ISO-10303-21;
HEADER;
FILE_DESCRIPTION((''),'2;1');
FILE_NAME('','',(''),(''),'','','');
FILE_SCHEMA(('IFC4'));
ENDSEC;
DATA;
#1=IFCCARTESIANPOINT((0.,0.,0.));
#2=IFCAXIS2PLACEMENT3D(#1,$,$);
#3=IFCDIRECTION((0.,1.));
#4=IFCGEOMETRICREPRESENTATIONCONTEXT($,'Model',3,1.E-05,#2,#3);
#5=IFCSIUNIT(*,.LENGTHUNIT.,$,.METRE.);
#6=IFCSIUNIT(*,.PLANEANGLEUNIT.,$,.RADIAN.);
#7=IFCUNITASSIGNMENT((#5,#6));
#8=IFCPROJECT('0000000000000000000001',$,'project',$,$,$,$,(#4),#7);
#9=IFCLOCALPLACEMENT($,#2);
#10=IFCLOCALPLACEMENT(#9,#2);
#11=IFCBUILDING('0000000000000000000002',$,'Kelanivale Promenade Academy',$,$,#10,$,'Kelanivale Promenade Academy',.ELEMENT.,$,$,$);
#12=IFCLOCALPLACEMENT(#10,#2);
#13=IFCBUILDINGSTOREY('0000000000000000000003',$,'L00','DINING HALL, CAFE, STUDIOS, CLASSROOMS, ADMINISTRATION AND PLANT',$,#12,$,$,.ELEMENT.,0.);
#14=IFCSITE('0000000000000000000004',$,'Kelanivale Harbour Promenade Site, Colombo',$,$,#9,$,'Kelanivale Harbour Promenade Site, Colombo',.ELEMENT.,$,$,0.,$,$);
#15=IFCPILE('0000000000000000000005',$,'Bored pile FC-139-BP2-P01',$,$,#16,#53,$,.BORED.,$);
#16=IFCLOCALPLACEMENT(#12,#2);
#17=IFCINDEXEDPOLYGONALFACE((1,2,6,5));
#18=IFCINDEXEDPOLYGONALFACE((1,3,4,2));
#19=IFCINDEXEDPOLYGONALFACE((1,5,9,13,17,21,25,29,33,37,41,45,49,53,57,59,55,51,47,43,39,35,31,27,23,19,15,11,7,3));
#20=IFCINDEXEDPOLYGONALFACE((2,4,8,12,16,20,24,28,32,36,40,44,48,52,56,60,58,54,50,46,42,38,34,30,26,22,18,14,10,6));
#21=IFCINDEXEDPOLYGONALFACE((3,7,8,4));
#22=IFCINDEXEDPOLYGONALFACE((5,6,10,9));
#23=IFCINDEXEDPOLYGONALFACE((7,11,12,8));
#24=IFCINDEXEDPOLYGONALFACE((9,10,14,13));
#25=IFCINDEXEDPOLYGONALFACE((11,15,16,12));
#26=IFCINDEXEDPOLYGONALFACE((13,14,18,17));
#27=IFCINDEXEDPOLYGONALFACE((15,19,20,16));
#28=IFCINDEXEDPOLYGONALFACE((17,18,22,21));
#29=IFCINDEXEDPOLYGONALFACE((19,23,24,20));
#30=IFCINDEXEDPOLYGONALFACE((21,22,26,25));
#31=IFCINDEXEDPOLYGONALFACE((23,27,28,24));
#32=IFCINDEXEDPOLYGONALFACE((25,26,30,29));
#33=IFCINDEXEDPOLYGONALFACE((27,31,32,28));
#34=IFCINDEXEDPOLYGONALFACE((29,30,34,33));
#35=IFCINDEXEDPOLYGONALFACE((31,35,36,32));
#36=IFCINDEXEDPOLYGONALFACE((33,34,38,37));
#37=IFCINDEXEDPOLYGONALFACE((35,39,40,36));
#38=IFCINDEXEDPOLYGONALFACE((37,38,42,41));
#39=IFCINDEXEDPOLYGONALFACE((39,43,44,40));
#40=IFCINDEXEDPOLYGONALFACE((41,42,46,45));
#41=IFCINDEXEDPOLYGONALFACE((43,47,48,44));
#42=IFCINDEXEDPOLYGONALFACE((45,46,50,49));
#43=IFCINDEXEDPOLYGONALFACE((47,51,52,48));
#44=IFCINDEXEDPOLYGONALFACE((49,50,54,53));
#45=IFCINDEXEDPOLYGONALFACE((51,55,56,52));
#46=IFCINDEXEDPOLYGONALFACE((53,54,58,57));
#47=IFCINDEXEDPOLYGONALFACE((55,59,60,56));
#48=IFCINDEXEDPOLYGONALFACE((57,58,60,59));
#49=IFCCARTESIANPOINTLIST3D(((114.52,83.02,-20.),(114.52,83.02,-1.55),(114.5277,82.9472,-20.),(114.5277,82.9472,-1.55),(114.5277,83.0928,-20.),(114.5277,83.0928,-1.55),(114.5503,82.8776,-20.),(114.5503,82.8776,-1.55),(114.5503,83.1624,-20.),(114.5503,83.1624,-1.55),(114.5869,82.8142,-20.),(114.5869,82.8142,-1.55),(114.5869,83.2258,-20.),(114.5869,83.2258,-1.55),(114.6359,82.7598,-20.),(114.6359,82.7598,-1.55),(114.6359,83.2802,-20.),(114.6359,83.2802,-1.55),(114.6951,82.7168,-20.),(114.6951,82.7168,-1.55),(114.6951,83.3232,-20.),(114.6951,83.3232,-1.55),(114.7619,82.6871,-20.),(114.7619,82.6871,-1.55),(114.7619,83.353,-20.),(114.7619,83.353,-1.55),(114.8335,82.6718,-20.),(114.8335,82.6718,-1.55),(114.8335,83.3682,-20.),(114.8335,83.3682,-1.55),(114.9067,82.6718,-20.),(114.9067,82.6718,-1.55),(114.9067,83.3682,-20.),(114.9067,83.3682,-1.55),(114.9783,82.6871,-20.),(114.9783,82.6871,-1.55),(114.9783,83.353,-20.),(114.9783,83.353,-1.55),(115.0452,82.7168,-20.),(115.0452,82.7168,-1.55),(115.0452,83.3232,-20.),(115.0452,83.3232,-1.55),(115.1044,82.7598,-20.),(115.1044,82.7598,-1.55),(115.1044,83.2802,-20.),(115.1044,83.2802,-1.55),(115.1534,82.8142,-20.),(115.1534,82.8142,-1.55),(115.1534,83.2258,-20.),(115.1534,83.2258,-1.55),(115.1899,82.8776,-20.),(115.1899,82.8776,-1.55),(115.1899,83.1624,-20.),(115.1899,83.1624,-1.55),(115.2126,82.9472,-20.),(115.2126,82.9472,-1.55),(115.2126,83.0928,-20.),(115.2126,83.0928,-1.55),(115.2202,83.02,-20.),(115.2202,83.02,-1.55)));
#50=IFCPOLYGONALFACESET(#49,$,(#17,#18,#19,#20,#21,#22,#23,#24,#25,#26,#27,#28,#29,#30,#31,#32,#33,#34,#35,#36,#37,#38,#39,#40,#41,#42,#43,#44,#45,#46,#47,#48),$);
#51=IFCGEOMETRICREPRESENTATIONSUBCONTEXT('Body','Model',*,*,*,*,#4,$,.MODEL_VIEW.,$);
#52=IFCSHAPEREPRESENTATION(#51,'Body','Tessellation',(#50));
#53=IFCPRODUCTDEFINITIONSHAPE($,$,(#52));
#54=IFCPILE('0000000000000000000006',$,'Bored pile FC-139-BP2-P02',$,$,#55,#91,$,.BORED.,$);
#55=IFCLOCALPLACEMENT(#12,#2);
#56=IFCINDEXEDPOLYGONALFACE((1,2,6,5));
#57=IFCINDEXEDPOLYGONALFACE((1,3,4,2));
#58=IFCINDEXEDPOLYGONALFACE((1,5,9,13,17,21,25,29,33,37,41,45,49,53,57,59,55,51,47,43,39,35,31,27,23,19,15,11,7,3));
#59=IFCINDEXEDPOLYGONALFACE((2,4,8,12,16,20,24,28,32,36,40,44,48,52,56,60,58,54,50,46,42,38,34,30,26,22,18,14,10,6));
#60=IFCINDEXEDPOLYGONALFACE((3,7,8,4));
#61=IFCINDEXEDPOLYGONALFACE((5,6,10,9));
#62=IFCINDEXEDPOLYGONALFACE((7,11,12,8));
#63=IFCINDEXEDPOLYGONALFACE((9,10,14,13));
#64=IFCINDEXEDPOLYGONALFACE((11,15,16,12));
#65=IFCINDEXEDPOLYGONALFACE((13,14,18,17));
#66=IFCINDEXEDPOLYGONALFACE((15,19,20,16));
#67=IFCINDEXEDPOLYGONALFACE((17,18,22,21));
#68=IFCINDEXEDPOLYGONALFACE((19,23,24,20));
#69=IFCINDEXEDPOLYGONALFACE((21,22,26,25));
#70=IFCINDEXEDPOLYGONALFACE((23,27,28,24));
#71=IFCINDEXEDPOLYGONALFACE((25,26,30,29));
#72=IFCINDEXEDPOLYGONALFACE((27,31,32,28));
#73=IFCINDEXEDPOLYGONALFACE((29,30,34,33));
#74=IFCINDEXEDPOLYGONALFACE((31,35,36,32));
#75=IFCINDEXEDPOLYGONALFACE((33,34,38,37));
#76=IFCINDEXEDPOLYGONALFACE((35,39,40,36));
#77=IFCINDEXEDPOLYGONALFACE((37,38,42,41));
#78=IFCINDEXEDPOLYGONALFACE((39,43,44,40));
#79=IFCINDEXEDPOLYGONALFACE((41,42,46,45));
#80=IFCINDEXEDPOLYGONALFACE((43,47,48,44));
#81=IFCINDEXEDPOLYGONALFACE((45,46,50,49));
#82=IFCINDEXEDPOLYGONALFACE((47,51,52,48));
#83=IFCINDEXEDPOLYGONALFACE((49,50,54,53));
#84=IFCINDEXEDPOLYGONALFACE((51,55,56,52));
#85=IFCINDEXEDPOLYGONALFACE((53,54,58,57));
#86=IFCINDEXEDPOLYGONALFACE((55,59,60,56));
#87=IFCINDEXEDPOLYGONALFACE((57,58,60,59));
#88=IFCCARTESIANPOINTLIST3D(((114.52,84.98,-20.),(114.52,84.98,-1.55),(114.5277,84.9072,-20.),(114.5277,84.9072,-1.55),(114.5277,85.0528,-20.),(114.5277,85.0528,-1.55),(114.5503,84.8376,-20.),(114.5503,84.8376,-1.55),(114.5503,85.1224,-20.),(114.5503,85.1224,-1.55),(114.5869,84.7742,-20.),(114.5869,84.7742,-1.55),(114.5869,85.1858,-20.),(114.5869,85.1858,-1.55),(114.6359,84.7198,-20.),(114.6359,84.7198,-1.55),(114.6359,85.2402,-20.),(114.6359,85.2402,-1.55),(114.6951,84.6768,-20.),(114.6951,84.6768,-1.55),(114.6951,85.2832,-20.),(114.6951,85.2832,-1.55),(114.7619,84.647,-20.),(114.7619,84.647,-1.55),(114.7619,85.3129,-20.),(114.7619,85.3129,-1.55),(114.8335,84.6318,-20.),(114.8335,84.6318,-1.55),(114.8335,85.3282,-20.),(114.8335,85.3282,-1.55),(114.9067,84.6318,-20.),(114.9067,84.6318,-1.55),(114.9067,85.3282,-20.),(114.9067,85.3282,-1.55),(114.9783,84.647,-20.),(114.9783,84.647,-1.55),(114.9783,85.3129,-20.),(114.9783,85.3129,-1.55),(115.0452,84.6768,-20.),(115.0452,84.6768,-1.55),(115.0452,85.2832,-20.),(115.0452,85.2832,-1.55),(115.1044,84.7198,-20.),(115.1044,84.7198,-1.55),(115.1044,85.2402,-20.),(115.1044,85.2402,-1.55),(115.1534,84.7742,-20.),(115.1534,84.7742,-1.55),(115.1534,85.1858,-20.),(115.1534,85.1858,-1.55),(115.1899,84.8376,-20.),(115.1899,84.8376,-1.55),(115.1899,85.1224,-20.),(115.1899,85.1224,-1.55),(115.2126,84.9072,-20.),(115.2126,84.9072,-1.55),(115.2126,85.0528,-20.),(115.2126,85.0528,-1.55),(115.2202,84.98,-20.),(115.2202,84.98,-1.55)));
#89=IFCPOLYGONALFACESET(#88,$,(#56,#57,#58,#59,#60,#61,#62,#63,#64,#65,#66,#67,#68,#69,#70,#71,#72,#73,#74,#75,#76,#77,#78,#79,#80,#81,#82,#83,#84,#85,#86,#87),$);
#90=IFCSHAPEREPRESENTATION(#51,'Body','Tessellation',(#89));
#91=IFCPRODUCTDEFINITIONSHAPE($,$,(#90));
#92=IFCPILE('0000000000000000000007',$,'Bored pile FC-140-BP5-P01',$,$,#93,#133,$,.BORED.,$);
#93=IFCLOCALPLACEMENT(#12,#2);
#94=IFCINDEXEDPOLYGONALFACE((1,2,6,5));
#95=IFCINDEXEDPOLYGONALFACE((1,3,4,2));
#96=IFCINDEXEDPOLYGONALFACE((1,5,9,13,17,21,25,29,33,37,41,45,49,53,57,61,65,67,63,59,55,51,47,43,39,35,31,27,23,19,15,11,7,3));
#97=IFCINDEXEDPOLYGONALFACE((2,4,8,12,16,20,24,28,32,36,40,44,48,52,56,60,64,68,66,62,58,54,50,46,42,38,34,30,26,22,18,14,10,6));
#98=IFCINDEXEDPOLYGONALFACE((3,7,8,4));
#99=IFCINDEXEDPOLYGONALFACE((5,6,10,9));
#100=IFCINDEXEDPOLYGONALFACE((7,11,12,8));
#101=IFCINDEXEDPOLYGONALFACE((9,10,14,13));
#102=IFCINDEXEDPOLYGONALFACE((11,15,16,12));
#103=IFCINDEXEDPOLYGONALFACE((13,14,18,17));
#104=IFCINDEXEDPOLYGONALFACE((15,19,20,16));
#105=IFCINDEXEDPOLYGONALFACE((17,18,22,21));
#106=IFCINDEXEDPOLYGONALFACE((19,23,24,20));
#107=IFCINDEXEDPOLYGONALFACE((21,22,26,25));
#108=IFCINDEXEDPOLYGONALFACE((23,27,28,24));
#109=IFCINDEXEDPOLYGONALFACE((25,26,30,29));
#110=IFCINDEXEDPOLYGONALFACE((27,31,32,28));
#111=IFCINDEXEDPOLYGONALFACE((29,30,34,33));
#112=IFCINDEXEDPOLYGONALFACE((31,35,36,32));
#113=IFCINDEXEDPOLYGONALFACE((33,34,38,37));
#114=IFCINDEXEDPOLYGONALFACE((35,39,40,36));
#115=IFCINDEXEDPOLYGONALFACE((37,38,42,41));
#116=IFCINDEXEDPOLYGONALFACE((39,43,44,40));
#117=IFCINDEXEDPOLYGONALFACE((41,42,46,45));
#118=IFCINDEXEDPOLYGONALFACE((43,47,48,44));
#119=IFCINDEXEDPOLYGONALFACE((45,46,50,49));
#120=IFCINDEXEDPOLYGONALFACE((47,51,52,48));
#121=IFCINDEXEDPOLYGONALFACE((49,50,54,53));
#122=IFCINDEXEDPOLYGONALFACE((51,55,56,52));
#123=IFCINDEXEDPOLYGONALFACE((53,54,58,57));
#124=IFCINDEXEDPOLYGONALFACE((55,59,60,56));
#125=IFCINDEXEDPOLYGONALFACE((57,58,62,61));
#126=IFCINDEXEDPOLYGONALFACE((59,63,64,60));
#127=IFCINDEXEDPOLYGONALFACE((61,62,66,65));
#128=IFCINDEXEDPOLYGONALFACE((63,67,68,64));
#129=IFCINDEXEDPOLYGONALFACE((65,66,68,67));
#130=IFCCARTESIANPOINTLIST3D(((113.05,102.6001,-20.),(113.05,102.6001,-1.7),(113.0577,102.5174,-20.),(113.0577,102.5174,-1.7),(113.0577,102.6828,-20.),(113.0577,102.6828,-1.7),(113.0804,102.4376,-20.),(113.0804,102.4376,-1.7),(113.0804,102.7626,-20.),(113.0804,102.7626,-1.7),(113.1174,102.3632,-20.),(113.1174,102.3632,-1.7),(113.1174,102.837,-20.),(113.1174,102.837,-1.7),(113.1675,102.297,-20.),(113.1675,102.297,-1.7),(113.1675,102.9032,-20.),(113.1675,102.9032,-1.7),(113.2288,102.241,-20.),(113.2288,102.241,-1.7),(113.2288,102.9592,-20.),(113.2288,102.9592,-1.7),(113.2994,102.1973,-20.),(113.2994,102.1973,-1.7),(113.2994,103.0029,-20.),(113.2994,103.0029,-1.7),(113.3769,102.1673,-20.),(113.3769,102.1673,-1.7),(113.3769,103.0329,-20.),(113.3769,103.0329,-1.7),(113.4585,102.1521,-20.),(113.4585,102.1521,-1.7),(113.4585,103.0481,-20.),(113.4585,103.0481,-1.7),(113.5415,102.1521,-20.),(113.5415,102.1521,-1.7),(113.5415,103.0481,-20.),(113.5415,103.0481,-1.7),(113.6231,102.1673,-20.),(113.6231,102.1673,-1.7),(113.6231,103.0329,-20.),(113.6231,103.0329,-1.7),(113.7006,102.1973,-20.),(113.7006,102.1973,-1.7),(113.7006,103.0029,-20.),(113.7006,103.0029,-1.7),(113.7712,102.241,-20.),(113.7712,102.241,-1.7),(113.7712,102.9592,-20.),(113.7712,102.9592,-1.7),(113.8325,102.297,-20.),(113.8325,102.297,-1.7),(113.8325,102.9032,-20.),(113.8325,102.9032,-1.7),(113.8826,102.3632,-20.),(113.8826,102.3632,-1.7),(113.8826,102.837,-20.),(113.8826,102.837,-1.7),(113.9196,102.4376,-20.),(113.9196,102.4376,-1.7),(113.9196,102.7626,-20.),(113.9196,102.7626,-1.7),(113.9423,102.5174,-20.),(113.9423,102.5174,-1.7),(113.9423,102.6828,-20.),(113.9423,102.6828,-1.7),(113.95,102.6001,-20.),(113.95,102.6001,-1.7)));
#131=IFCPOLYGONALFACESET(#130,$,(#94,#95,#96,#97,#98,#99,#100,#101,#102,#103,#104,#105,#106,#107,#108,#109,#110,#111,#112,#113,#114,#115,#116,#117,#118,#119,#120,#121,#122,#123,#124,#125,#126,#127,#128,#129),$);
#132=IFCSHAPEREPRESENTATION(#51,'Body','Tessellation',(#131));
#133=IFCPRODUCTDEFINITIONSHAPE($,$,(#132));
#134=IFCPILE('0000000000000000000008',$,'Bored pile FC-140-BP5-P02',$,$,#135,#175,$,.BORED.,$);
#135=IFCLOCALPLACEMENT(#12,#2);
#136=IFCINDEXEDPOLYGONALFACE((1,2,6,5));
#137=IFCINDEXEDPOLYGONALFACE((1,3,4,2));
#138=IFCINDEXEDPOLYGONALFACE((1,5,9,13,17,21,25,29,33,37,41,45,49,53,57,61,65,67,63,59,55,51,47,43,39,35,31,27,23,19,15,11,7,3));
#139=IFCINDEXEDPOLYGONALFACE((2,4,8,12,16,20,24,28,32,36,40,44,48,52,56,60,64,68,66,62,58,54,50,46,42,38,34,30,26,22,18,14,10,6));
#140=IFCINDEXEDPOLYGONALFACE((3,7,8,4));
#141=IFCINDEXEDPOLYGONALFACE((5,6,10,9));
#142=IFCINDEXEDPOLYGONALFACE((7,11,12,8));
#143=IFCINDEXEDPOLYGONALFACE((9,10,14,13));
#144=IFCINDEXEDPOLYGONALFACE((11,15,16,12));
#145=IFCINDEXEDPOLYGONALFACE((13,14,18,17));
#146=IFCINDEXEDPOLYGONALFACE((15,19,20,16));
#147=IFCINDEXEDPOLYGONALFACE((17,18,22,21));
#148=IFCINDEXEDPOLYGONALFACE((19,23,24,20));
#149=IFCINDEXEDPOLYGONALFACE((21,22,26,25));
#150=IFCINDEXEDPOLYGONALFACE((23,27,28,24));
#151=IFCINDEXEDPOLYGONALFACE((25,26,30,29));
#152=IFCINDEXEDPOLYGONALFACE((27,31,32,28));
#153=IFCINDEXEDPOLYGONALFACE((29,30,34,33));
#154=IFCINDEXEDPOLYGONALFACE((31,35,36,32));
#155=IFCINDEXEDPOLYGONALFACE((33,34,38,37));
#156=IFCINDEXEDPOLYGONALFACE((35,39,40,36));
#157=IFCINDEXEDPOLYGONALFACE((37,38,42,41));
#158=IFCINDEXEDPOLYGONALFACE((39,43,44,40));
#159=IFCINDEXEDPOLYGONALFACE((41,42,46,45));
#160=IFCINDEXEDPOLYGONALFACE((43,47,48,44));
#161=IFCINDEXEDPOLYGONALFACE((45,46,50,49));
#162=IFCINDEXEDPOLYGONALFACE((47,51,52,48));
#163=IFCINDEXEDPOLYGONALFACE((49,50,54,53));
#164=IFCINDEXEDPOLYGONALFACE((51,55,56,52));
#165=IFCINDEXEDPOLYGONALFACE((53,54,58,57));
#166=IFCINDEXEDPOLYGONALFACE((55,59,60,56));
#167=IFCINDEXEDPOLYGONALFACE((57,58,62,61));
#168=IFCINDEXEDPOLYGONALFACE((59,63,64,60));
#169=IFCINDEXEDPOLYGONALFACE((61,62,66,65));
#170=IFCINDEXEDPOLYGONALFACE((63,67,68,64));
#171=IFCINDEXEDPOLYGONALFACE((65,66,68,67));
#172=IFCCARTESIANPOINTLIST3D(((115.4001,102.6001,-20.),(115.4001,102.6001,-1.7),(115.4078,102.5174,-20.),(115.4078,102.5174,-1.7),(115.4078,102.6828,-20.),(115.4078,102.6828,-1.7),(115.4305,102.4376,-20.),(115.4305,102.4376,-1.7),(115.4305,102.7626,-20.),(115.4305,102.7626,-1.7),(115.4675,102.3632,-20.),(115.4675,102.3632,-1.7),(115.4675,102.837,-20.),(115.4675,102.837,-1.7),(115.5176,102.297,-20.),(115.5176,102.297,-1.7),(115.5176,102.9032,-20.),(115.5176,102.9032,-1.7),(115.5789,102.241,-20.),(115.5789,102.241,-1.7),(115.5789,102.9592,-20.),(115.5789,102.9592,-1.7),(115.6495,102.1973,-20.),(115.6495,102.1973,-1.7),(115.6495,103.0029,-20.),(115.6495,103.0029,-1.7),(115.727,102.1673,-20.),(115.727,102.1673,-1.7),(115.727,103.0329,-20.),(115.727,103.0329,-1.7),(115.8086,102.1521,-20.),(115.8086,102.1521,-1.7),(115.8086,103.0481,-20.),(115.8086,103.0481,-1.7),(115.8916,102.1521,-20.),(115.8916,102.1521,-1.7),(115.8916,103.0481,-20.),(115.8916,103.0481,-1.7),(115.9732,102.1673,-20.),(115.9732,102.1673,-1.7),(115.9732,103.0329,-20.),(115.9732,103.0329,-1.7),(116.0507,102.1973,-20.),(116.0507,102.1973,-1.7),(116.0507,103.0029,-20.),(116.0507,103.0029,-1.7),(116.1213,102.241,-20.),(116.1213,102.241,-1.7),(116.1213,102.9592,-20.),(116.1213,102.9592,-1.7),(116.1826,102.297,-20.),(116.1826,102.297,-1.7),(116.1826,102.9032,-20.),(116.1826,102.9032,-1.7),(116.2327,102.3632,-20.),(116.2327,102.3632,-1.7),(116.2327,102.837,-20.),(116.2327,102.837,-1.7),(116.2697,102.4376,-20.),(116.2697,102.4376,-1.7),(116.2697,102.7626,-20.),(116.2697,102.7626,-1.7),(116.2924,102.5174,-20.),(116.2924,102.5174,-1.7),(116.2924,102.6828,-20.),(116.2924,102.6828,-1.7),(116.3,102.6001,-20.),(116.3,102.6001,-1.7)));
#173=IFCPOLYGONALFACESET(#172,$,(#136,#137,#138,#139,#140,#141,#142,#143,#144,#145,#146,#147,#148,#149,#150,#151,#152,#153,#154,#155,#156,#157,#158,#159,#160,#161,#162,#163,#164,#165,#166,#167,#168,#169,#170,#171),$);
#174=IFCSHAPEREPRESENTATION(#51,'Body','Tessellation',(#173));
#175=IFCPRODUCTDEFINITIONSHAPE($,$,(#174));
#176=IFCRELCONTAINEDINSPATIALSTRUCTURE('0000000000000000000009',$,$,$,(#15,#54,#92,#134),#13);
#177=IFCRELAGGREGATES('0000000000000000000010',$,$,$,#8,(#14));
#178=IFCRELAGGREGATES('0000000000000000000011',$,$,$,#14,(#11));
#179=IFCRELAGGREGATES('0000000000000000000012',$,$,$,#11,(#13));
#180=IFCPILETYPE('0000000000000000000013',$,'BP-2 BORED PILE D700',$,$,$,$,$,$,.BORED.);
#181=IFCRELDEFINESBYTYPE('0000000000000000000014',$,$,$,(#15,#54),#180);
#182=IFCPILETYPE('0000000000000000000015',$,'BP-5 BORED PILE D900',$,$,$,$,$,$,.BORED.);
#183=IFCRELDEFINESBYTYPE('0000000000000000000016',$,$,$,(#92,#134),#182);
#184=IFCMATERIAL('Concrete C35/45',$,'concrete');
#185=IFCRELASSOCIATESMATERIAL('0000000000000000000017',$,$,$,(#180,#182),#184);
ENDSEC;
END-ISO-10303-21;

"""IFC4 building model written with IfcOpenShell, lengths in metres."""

from ifc_helpers import new_model, si_unit, direction, frame, origin, origin_2d, place, context, subcontext, project, spatial, circle, extrude, material, material_profile, profile_set, type_object, element, save


model = new_model("IFC4")

# Units and contexts
model_context = context("Model", 3, precision=1e-05, world=origin(), true_north=direction((0.0, 1.0)))
body_context = subcontext(model_context, "Body", "Model", "MODEL_VIEW")
ifc_project = project(units=[si_unit("LENGTHUNIT", "METRE"), si_unit("PLANEANGLEUNIT", "RADIAN")], contexts=[model_context])

# Site, building, storey
site_placement = place(None, origin())
site = spatial("IfcSite", under=ifc_project, at=site_placement, Name="Kelanivale Harbour Promenade Site, Colombo", LongName="Kelanivale Harbour Promenade Site, Colombo", CompositionType="ELEMENT", RefElevation=0.0)
building_placement = place(site_placement, origin())
building = spatial("IfcBuilding", under=site, at=building_placement, Name="Kelanivale Promenade Academy", LongName="Kelanivale Promenade Academy", CompositionType="ELEMENT")
storey_placement = place(building_placement, origin())
storey = spatial("IfcBuildingStorey", under=building, at=storey_placement, Name="L00", Description="DINING HALL, CAFE, STUDIOS, CLASSROOMS, ADMINISTRATION AND PLANT", CompositionType="ELEMENT", Elevation=0.0)

# Piles
ifc_material_1 = material(Name="Concrete C35/45", Category="concrete")
ifc_material_profile_1 = material_profile(ifc_material_1, circle(Radius=0.3501, at=origin_2d()), Name="BORED PILE D700")
ifc_profile_set_1 = profile_set([ifc_material_profile_1], Name="Concrete C35/45")
pile_type_1 = type_object("IfcPileType", Name="BP-2 BORED PILE D700", PredefinedType="BORED", material=ifc_profile_set_1)
for number, where, z_axis, x_axis, name in (
    (1, (114.8701, 83.02, -1.55), (0.0, 0.0, -1.0), (1.0, 0.0, 0.0), "Bored pile FC-139-BP2-P01"),
    (2, (114.8701, 84.98, -1.55), (0.0, 0.0, -1.0), (1.0, 0.0, 0.0), "Bored pile FC-139-BP2-P02"),
):
    element("IfcPile", number, at=place(storey_placement, frame(where, z_axis=z_axis, x_axis=x_axis)), inside=storey, type_object=pile_type_1, Name=name, PredefinedType="BORED", context=body_context, shape_type="SweptSolid", body=[
        extrude(circle(Radius=0.3501, at=origin_2d()), origin(), (0.0, 0.0, 1.0), 18.45),
    ])
ifc_material_profile_2 = material_profile(ifc_material_1, circle(Radius=0.45, at=origin_2d()), Name="BORED PILE D900")
ifc_profile_set_2 = profile_set([ifc_material_profile_2], Name="Concrete C35/45")
pile_type_2 = type_object("IfcPileType", Name="BP-5 BORED PILE D900", PredefinedType="BORED", material=ifc_profile_set_2)
for number, where, z_axis, x_axis, name in (
    (3, (113.5, 102.6001, -1.7), (0.0, 0.0, -1.0), (1.0, 0.0, 0.0), "Bored pile FC-140-BP5-P01"),
    (4, (115.8501, 102.6001, -1.7), (0.0, 0.0, -1.0), (1.0, 0.0, 0.0), "Bored pile FC-140-BP5-P02"),
):
    element("IfcPile", number, at=place(storey_placement, frame(where, z_axis=z_axis, x_axis=x_axis)), inside=storey, type_object=pile_type_2, Name=name, PredefinedType="BORED", context=body_context, shape_type="SweptSolid", body=[
        extrude(circle(Radius=0.45, at=origin_2d()), origin(), (0.0, 0.0, 1.0), 18.3),
    ])

save(model, "model.ifc")
